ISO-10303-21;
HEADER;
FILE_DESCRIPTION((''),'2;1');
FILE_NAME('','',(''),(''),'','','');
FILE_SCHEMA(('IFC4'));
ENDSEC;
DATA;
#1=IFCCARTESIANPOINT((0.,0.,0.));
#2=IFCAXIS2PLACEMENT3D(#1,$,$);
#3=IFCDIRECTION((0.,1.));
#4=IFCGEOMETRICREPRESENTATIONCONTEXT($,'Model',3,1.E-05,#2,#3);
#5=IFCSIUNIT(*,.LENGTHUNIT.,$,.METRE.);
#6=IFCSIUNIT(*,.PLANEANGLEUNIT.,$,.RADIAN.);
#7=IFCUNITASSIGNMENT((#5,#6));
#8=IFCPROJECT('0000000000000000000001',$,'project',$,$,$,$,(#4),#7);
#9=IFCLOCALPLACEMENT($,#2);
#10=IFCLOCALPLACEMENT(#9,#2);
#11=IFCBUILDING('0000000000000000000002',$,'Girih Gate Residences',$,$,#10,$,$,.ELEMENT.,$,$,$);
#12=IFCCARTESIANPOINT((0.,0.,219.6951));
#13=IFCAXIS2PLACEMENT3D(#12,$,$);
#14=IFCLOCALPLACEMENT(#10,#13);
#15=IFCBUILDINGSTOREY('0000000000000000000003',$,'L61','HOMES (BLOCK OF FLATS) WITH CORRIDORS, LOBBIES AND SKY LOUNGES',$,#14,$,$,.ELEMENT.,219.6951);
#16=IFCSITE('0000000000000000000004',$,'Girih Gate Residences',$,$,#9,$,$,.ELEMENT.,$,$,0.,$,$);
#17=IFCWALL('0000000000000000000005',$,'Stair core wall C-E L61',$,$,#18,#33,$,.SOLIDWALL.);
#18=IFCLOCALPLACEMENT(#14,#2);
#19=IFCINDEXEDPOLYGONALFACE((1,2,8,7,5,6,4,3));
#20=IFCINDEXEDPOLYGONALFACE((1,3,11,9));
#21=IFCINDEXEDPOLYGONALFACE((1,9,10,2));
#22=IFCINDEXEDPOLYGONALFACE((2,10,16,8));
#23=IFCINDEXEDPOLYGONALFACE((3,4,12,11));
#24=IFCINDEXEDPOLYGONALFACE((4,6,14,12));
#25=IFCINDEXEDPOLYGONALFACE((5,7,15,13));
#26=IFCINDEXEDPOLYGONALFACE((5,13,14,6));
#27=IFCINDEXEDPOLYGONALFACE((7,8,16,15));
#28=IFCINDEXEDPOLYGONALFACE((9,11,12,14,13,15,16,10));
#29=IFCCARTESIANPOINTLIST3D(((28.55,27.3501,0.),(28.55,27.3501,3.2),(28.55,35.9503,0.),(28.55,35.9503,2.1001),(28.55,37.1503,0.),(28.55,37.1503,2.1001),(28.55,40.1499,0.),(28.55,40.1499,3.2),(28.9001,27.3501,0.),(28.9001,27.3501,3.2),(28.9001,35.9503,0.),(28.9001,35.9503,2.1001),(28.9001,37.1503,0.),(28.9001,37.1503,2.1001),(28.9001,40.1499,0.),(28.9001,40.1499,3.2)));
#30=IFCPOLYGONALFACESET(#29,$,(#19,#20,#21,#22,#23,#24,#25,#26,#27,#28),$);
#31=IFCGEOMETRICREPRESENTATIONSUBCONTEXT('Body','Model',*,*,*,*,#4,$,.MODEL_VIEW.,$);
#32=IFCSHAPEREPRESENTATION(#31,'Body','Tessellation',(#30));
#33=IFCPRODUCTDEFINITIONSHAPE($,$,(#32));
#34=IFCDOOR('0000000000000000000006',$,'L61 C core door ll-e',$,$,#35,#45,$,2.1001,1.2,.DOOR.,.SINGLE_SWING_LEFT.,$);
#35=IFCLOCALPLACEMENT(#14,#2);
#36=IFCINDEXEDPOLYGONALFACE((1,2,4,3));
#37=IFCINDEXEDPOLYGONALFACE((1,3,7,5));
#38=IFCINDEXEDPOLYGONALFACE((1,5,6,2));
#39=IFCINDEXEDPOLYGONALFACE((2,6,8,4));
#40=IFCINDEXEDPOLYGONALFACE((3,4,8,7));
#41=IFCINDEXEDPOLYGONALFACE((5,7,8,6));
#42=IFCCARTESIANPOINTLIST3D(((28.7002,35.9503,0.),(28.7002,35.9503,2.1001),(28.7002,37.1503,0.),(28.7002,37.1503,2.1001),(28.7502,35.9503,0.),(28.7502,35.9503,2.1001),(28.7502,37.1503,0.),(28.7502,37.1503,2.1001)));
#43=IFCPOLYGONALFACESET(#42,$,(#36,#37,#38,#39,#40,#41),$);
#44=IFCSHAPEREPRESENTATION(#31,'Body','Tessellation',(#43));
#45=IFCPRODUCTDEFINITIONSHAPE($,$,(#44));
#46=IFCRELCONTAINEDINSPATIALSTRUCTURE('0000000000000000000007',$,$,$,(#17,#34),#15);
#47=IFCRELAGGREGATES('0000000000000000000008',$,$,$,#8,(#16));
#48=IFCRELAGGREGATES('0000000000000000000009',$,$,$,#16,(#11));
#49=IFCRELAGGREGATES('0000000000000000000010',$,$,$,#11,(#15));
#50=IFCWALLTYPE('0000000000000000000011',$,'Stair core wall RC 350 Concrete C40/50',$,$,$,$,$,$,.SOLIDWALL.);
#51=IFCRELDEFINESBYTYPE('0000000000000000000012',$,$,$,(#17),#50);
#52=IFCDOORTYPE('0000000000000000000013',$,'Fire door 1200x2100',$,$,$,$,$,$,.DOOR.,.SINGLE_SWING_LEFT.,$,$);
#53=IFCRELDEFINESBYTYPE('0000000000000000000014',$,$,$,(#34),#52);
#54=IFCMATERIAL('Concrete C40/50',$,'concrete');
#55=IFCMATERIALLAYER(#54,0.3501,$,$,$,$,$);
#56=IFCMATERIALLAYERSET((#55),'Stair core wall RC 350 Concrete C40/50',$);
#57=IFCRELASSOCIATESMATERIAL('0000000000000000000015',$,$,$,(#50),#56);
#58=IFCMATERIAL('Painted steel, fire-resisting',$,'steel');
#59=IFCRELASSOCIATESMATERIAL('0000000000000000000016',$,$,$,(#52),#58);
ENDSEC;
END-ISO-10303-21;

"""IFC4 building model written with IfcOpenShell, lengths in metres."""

from ifc_helpers import new_model, si_unit, direction, frame, frame_2d, origin, place, context, subcontext, project, spatial, rectangle, extrude, material, layer, layer_set, type_object, element, fill, save


model = new_model("IFC4")

# Units and contexts
model_context = context("Model", 3, precision=1e-05, world=origin(), true_north=direction((0.0, 1.0)))
body_context = subcontext(model_context, "Body", "Model", "MODEL_VIEW")
ifc_project = project(units=[si_unit("LENGTHUNIT", "METRE"), si_unit("PLANEANGLEUNIT", "RADIAN")], contexts=[model_context])

# Site, building, storey
site_placement = place(None, origin())
site = spatial("IfcSite", under=ifc_project, at=site_placement, Name="Girih Gate Residences", CompositionType="ELEMENT", RefElevation=0.0)
building_placement = place(site_placement, origin())
building = spatial("IfcBuilding", under=site, at=building_placement, Name="Girih Gate Residences", CompositionType="ELEMENT")
storey_placement = place(building_placement, frame((0.0, 0.0, 219.6951)))
storey = spatial("IfcBuildingStorey", under=building, at=storey_placement, Name="L61", Description="HOMES (BLOCK OF FLATS) WITH CORRIDORS, LOBBIES AND SKY LOUNGES", CompositionType="ELEMENT", Elevation=219.6951)

# Wall, opening, door
ifc_material_1 = material(Name="Concrete C40/50", Category="concrete")
ifc_layer_1 = layer(ifc_material_1, 0.3501)
ifc_layer_set_1 = layer_set([ifc_layer_1], Name="Stair core wall RC 350 Concrete C40/50")
wall_type_1 = type_object("IfcWallType", Name="Stair core wall RC 350 Concrete C40/50", PredefinedType="SOLIDWALL", material=ifc_layer_set_1)
ifc_material_2 = material(Name="Painted steel, fire-resisting", Category="steel")
door_type_1 = type_object("IfcDoorType", Name="Fire door 1200x2100", OperationType="SINGLE_SWING_LEFT", PredefinedType="DOOR", material=ifc_material_2)
wall_1_placement = place(storey_placement, frame((28.7251, 27.3501, 0.0), z_axis=(0.0, 0.0, 1.0), x_axis=(0.0, 1.0, 0.0)))
wall_1 = element("IfcWall", 1, at=wall_1_placement, inside=storey, type_object=wall_type_1, Name="Stair core wall C-E L61", PredefinedType="SOLIDWALL", context=body_context, shape_type="SweptSolid", body=[
    extrude(rectangle(XDim=12.7998, YDim=0.3501, at=frame_2d((6.3999, 0.0))), origin(), (0.0, 0.0, 1.0), 3.2),
])
opening_1_placement = place(wall_1_placement, frame((8.6001, 0.0, 0.0)))
opening_1 = element("IfcOpeningElement", 2, at=opening_1_placement, cuts=wall_1, PredefinedType="OPENING", context=body_context, shape_type="SweptSolid", body=[
    extrude(rectangle(XDim=1.2, YDim=2.1001, at=frame_2d((0.6001, 1.05))), frame((0.0, 0.1851, 0.0), z_axis=(0.0, -1.0, 0.0), x_axis=(1.0, 0.0, 0.0)), (0.0, 0.0, 1.0), 0.3701),
])
door_1_placement = place(opening_1_placement, origin())
door_1 = element("IfcDoor", 3, at=door_1_placement, inside=storey, type_object=door_type_1, Name="L61 C core door ll-e", OperationType="SINGLE_SWING_LEFT", OverallHeight=2.1001, OverallWidth=1.2, PredefinedType="DOOR", context=body_context, shape_type="SweptSolid", body=[
    extrude(rectangle(XDim=1.2, YDim=2.1001, at=frame_2d((0.6001, 1.05))), frame((0.0, 0.0249, 0.0), z_axis=(0.0, -1.0, 0.0), x_axis=(1.0, 0.0, 0.0)), (0.0, 0.0, 1.0), 0.05),
])
fill(opening_1, door_1)

save(model, "model.ifc")
